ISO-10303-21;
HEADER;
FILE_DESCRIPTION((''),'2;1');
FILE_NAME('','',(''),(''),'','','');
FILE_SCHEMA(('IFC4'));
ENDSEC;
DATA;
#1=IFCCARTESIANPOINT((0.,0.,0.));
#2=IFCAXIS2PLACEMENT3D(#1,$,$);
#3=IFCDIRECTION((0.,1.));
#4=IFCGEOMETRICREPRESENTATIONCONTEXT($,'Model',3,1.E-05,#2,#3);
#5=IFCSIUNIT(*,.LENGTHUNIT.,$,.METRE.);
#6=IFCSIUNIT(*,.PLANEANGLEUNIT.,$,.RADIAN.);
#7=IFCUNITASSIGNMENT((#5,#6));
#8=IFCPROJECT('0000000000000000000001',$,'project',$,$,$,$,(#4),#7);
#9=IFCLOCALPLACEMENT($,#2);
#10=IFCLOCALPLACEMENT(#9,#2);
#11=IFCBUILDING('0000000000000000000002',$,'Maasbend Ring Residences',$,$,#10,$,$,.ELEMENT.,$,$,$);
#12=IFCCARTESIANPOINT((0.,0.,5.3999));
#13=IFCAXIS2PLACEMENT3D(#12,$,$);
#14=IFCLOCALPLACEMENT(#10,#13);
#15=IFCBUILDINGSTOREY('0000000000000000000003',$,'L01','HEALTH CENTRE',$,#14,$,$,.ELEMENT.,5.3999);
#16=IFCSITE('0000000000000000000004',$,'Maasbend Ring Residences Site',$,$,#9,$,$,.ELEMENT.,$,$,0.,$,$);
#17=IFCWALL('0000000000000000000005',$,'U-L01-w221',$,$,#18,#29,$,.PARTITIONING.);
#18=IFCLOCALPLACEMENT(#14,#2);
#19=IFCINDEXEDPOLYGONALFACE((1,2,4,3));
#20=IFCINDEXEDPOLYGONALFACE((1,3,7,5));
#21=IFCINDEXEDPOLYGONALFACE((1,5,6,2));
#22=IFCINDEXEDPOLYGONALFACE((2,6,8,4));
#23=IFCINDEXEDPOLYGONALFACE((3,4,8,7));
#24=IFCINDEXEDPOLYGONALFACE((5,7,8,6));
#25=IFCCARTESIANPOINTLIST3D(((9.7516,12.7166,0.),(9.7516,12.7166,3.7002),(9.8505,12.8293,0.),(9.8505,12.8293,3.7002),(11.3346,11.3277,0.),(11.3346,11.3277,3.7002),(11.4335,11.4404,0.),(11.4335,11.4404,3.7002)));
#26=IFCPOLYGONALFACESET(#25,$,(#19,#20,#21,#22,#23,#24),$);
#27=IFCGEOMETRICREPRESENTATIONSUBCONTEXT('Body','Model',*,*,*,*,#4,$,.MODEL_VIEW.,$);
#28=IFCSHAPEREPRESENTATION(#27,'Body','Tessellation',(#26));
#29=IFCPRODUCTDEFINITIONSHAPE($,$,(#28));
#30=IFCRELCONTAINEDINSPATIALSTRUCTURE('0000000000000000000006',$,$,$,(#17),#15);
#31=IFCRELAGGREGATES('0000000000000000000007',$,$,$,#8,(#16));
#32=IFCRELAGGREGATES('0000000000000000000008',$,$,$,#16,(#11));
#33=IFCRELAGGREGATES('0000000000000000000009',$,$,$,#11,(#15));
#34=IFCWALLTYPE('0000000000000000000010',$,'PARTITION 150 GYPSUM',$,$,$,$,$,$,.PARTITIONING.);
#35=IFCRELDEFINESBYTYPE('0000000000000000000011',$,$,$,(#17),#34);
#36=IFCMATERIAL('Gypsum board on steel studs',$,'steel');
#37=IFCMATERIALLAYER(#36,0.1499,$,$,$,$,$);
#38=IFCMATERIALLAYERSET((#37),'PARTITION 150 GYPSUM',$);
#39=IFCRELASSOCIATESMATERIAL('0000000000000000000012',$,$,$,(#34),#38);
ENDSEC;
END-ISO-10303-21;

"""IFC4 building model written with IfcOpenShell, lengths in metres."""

from ifc_helpers import new_model, si_unit, direction, frame, frame_2d, origin, place, context, subcontext, project, spatial, rectangle, extrude, material, layer, layer_set, type_object, element, save


model = new_model("IFC4")

# Units and contexts
model_context = context("Model", 3, precision=1e-05, world=origin(), true_north=direction((0.0, 1.0)))
body_context = subcontext(model_context, "Body", "Model", "MODEL_VIEW")
ifc_project = project(units=[si_unit("LENGTHUNIT", "METRE"), si_unit("PLANEANGLEUNIT", "RADIAN")], contexts=[model_context])

# Site, building, storey
site_placement = place(None, origin())
site = spatial("IfcSite", under=ifc_project, at=site_placement, Name="Maasbend Ring Residences Site", CompositionType="ELEMENT", RefElevation=0.0)
building_placement = place(site_placement, origin())
building = spatial("IfcBuilding", under=site, at=building_placement, Name="Maasbend Ring Residences", CompositionType="ELEMENT")
storey_placement = place(building_placement, frame((0.0, 0.0, 5.3999)))
storey = spatial("IfcBuildingStorey", under=building, at=storey_placement, Name="L01", Description="HEALTH CENTRE", CompositionType="ELEMENT", Elevation=5.3999)

# Wall
ifc_material_1 = material(Name="Gypsum board on steel studs", Category="steel")
ifc_layer_1 = layer(ifc_material_1, 0.1499)
ifc_layer_set_1 = layer_set([ifc_layer_1], Name="PARTITION 150 GYPSUM")
wall_type_1 = type_object("IfcWallType", Name="PARTITION 150 GYPSUM", PredefinedType="PARTITIONING", material=ifc_layer_set_1)
for number, where, z_axis, x_axis, name in (
    (1, (9.801, 12.7729, 0.0), (0.0, 0.0, 1.0), (0.751686, -0.659522, 0.0), "U-L01-w221"),
):
    element("IfcWall", number, at=place(storey_placement, frame(where, z_axis=z_axis, x_axis=x_axis)), inside=storey, type_object=wall_type_1, Name=name, PredefinedType="PARTITIONING", context=body_context, shape_type="SweptSolid", body=[
        extrude(rectangle(XDim=2.106, YDim=0.1499, at=frame_2d((1.053, 0.0))), origin(), (0.0, 0.0, 1.0), 3.7002),
    ])

save(model, "model.ifc")
